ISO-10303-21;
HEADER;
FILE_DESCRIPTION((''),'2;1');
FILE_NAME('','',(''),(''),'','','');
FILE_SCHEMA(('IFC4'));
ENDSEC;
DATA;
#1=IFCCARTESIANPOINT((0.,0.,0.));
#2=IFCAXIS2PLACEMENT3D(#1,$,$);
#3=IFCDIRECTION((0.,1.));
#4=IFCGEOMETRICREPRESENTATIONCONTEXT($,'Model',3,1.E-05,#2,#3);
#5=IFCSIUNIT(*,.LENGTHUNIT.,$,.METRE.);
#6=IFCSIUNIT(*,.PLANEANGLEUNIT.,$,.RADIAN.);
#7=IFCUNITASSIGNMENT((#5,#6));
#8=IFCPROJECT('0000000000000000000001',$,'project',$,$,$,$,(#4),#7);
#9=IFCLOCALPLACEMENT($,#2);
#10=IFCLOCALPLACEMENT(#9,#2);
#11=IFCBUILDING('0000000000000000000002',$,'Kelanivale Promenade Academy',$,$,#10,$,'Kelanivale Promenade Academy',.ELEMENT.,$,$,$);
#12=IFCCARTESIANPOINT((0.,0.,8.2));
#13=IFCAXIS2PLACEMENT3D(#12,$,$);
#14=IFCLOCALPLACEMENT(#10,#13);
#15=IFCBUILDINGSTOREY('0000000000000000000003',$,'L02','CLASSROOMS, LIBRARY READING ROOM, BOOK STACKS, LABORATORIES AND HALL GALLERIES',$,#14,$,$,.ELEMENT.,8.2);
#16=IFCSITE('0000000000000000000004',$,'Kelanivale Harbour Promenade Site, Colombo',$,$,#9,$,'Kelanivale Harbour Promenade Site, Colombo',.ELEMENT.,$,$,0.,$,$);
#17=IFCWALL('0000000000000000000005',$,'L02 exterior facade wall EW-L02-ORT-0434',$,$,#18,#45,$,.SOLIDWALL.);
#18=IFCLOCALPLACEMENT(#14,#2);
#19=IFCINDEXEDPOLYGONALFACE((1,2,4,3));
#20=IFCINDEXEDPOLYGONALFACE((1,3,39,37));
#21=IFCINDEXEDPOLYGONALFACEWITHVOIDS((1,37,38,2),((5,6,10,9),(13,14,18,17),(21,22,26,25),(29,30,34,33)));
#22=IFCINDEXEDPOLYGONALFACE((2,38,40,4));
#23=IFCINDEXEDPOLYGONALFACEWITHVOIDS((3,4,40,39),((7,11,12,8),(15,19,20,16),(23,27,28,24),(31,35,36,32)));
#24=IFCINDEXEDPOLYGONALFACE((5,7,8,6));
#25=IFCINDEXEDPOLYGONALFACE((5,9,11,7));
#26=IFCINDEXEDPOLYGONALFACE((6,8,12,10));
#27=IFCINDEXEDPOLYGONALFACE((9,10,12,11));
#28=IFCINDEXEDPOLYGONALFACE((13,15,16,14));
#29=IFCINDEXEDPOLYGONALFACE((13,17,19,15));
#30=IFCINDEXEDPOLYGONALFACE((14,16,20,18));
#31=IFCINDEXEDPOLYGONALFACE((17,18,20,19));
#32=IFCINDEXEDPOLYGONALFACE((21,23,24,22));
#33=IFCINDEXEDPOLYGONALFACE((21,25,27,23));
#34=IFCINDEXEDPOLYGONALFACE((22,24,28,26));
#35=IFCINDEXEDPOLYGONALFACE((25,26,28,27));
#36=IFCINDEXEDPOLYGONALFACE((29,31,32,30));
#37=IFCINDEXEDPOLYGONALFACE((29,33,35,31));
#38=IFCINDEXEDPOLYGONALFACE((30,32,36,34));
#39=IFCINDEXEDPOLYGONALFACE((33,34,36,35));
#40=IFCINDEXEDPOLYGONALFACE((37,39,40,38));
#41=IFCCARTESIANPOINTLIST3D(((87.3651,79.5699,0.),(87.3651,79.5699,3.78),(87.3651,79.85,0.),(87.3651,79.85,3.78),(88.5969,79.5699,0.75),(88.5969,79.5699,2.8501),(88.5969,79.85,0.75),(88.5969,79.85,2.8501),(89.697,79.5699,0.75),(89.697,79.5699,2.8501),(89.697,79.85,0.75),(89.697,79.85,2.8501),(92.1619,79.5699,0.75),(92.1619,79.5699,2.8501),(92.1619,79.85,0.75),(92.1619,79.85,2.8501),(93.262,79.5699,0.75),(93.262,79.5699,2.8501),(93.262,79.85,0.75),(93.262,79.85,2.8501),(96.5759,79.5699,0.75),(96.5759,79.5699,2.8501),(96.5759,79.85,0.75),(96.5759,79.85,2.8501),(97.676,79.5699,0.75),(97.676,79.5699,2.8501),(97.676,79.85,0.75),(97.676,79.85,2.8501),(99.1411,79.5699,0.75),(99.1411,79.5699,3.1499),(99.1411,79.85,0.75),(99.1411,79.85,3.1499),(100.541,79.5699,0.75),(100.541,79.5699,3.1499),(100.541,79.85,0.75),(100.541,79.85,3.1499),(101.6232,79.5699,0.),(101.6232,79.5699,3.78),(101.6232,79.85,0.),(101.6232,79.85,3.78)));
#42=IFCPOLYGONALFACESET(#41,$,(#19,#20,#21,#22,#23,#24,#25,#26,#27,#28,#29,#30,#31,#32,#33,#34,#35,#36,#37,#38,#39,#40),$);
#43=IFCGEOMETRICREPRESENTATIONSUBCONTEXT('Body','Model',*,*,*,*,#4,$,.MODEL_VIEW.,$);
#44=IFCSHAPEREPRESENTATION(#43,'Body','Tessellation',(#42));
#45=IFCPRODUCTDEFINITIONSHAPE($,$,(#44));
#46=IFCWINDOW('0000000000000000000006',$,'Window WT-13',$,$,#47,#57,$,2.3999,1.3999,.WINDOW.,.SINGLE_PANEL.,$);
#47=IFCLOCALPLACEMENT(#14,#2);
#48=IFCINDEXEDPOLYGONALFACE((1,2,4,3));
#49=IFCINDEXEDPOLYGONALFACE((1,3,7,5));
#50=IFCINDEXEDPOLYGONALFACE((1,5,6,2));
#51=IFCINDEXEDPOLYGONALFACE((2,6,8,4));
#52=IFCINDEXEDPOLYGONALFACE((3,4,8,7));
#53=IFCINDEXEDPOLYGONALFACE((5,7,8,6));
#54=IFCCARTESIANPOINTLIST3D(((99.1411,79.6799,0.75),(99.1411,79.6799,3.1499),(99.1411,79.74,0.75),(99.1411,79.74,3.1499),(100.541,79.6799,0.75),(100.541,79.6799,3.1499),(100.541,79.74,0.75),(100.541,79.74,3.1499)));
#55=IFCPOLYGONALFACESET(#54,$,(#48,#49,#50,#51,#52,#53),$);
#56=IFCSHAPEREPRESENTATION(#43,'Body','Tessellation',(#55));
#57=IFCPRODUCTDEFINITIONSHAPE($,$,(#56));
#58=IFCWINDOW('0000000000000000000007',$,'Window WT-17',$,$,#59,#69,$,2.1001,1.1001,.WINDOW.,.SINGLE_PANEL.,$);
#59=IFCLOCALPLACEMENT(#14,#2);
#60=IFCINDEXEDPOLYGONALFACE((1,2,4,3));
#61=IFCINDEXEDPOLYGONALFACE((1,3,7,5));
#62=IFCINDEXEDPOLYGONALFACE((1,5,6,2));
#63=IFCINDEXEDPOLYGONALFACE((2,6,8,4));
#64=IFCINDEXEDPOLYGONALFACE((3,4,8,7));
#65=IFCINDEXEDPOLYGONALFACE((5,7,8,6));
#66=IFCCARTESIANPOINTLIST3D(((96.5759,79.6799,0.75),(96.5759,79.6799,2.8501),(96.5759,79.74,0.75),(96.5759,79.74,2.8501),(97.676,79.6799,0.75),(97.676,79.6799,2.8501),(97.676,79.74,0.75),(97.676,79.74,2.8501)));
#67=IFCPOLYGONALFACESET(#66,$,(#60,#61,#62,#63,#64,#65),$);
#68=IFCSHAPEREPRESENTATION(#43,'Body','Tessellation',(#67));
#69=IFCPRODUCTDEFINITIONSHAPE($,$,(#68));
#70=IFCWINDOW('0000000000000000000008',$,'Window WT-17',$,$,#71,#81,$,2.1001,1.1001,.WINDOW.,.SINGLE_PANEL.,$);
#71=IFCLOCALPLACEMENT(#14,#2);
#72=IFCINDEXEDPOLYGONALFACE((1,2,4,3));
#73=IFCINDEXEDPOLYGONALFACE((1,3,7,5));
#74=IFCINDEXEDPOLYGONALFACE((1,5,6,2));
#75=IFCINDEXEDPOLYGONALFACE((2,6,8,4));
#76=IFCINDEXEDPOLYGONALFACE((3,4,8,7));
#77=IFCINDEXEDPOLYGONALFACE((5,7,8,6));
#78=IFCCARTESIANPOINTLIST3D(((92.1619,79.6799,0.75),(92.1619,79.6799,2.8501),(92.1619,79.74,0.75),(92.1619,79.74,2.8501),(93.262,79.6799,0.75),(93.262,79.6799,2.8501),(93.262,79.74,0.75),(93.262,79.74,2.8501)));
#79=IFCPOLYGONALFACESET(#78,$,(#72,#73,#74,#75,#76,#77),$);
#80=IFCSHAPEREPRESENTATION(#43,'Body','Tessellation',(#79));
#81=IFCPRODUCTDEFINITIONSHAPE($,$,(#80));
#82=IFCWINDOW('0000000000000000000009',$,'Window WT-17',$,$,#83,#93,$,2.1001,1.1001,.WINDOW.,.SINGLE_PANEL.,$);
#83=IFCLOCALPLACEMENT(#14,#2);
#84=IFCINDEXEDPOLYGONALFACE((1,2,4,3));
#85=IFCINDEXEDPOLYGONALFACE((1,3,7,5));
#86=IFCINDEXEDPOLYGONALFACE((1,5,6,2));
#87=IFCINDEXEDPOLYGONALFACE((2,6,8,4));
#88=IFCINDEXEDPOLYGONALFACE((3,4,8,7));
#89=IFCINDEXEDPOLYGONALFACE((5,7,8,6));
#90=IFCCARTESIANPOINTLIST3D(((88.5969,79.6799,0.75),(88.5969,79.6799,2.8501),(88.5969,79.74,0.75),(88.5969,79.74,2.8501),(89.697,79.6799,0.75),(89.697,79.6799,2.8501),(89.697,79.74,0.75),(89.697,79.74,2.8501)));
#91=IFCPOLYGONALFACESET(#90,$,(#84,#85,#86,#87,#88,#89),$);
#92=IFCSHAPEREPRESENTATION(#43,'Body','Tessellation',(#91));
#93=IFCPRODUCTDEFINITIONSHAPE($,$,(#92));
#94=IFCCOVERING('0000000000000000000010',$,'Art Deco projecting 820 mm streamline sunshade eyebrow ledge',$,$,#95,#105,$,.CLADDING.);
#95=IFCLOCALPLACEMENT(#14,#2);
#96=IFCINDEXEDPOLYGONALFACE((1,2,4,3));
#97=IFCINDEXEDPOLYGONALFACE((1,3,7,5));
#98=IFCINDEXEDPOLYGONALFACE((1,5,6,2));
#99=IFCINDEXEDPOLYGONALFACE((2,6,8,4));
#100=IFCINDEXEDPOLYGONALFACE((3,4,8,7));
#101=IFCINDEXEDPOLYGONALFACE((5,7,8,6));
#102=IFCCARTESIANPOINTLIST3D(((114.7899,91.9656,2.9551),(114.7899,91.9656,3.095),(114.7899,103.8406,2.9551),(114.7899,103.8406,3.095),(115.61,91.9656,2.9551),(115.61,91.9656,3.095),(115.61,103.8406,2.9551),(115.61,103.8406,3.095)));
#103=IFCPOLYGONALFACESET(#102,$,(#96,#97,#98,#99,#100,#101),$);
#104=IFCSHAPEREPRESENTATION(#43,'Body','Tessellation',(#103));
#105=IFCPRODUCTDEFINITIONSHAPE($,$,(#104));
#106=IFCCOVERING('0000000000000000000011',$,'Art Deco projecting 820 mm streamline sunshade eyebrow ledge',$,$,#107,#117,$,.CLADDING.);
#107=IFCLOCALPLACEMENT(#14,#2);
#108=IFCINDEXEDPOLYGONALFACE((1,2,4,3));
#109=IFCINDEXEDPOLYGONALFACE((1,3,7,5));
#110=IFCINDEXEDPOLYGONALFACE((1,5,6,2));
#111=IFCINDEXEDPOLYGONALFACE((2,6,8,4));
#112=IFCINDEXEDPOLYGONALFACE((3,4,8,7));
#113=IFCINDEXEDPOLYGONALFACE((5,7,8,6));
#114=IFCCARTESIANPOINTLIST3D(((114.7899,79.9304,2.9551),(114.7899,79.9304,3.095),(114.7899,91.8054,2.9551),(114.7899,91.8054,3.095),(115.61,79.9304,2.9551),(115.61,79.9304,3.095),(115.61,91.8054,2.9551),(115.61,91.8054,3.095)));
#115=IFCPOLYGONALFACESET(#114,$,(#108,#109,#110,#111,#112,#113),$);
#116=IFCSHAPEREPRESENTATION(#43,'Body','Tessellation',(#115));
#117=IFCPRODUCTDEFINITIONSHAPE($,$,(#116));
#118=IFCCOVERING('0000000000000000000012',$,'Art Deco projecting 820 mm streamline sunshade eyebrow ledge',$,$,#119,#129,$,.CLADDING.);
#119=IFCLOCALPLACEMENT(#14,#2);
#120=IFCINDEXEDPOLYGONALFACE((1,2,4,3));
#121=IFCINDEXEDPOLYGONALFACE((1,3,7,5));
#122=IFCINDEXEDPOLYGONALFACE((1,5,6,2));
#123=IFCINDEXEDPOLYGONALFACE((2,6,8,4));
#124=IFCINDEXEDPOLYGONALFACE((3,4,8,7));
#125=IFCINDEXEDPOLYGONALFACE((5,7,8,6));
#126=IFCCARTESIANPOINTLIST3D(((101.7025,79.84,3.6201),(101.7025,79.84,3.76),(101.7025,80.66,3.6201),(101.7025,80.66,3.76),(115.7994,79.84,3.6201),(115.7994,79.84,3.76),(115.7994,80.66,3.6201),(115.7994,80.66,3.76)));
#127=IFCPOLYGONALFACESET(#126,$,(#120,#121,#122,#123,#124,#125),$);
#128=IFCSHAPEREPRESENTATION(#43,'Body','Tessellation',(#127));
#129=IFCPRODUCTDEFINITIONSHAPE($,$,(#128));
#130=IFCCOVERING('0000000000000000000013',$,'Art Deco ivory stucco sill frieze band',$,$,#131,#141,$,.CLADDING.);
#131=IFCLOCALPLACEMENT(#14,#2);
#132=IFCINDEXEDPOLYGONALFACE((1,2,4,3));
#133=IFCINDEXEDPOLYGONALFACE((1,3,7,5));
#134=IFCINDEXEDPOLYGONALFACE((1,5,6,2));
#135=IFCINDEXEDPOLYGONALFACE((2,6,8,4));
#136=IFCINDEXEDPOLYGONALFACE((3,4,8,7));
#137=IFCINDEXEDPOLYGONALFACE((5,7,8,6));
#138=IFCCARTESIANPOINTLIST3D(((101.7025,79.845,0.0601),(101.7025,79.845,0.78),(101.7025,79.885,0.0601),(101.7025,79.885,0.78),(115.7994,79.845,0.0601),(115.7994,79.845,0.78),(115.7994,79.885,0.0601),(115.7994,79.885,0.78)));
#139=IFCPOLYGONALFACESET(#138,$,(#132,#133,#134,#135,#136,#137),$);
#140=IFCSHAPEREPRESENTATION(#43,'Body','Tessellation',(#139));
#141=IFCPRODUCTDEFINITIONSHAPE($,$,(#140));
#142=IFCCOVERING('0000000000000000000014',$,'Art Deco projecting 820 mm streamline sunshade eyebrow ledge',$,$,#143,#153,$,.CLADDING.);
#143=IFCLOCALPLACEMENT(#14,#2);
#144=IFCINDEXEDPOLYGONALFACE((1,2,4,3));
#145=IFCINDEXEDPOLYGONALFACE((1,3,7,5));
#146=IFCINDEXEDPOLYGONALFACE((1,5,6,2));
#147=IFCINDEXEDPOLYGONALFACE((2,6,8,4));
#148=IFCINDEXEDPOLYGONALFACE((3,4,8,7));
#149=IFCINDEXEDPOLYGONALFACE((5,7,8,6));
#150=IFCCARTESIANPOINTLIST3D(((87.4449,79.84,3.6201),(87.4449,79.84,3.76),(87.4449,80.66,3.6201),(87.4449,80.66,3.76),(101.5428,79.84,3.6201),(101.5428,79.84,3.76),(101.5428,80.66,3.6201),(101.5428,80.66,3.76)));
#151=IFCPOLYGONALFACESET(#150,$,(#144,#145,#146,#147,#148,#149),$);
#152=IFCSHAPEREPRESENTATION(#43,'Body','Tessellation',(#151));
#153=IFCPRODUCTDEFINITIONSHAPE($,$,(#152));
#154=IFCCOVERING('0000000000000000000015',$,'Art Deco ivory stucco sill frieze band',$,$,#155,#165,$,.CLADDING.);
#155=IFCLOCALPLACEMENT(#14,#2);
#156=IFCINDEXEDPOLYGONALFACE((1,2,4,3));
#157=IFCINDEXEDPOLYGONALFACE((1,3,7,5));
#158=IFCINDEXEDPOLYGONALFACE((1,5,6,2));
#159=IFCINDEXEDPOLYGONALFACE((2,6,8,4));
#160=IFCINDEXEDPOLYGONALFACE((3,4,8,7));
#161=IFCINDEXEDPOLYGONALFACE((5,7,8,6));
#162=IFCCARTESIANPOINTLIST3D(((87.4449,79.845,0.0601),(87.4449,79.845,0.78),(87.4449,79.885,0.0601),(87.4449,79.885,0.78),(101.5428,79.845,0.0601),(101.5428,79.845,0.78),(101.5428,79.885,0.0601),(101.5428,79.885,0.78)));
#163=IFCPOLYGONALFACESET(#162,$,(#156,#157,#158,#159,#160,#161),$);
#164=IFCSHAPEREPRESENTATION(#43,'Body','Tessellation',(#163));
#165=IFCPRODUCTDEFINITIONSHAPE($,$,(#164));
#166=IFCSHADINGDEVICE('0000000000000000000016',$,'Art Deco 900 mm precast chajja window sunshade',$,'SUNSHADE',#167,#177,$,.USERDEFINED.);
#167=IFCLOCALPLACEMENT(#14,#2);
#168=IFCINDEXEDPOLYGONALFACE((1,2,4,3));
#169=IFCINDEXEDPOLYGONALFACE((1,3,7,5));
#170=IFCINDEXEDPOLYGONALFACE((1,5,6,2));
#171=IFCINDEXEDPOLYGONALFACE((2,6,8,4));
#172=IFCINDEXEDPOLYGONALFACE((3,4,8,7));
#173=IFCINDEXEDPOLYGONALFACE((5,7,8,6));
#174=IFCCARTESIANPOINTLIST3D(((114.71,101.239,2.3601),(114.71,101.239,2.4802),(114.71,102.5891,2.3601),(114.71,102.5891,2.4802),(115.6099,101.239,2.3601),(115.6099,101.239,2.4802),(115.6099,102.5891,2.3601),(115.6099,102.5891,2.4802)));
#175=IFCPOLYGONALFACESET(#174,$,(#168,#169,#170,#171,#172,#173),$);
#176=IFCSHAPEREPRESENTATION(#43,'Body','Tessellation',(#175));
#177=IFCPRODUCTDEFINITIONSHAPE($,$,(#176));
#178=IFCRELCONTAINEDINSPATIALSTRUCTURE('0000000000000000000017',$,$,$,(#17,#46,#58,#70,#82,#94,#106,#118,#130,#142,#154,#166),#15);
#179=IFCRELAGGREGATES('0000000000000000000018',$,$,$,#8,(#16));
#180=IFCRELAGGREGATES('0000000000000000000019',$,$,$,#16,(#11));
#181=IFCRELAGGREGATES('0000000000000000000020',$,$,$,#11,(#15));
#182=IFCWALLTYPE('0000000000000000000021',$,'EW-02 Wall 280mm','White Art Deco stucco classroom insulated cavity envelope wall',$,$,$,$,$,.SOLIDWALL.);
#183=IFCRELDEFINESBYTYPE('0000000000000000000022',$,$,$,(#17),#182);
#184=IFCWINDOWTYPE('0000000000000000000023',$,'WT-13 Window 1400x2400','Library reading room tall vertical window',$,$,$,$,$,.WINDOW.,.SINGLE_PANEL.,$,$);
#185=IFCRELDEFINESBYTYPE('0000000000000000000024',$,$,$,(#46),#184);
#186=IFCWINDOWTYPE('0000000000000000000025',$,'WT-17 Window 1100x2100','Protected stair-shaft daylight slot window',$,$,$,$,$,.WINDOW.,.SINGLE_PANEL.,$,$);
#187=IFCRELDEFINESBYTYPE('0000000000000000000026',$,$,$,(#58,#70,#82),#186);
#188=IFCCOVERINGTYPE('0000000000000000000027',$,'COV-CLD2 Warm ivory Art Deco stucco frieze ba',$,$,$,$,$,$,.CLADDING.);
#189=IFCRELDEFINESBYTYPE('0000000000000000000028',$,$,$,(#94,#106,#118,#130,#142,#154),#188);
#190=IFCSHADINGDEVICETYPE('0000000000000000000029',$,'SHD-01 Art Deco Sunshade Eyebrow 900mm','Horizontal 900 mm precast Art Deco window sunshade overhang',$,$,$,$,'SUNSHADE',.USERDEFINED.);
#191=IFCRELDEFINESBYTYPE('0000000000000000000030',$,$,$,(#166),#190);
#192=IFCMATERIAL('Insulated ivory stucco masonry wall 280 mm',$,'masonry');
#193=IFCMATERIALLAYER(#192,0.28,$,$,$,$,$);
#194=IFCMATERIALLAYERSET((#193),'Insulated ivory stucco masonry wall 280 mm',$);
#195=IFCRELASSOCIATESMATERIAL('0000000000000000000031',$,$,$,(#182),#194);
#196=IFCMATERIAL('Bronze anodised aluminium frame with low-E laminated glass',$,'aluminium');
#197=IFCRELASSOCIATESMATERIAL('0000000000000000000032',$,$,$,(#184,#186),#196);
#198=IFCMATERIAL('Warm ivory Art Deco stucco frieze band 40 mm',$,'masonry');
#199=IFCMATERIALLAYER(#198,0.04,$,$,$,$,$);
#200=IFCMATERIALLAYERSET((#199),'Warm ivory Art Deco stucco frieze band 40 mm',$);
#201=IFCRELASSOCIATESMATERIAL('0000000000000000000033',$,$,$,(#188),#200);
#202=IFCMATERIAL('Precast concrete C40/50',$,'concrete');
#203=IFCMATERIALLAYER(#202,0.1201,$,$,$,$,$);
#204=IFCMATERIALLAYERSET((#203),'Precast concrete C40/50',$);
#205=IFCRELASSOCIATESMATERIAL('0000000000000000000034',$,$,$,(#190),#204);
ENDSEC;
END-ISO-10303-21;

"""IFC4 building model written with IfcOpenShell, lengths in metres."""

from ifc_helpers import new_model, si_unit, direction, frame, frame_2d, origin, origin_2d, place, context, subcontext, project, spatial, rectangle, extrude, material, layer, layer_set, type_object, element, fill, save


model = new_model("IFC4")

# Units and contexts
model_context = context("Model", 3, precision=1e-05, world=origin(), true_north=direction((0.0, 1.0)))
body_context = subcontext(model_context, "Body", "Model", "MODEL_VIEW")
ifc_project = project(units=[si_unit("LENGTHUNIT", "METRE"), si_unit("PLANEANGLEUNIT", "RADIAN")], contexts=[model_context])

# Site, building, storey
site_placement = place(None, origin())
site = spatial("IfcSite", under=ifc_project, at=site_placement, Name="Kelanivale Harbour Promenade Site, Colombo", LongName="Kelanivale Harbour Promenade Site, Colombo", CompositionType="ELEMENT", RefElevation=0.0)
building_placement = place(site_placement, origin())
building = spatial("IfcBuilding", under=site, at=building_placement, Name="Kelanivale Promenade Academy", LongName="Kelanivale Promenade Academy", CompositionType="ELEMENT")
storey_placement = place(building_placement, frame((0.0, 0.0, 8.2)))
storey = spatial("IfcBuildingStorey", under=building, at=storey_placement, Name="L02", Description="CLASSROOMS, LIBRARY READING ROOM, BOOK STACKS, LABORATORIES AND HALL GALLERIES", CompositionType="ELEMENT", Elevation=8.2)

# Wall, openings, windows
ifc_material_1 = material(Name="Insulated ivory stucco masonry wall 280 mm", Category="masonry")
ifc_layer_1 = layer(ifc_material_1, 0.28)
ifc_layer_set_1 = layer_set([ifc_layer_1], Name="Insulated ivory stucco masonry wall 280 mm")
wall_type = type_object("IfcWallType", Name="EW-02 Wall 280mm", Description="White Art Deco stucco classroom insulated cavity envelope wall", PredefinedType="SOLIDWALL", material=ifc_layer_set_1)
wall_placement = place(storey_placement, frame((101.623, 79.71, 0.0), z_axis=(0.0, 0.0, 1.0), x_axis=(-1.0, 0.0, 0.0)))
wall = element("IfcWall", 1, at=wall_placement, inside=storey, type_object=wall_type, Name="L02 exterior facade wall EW-L02-ORT-0434", PredefinedType="SOLIDWALL", context=body_context, shape_type="SweptSolid", body=[
    extrude(rectangle(XDim=14.2581, YDim=0.28, at=frame_2d((7.1289, 0.0))), origin(), (0.0, 0.0, 1.0), 3.78),
])
opening_1_placement = place(wall_placement, frame((1.082, 0.0, 0.75)))
opening_1 = element("IfcOpeningElement", 2, at=opening_1_placement, cuts=wall, PredefinedType="OPENING", context=body_context, shape_type="SweptSolid", body=[
    extrude(rectangle(XDim=1.3999, YDim=2.3999, at=frame_2d((0.7, 1.2))), frame((0.0, 0.1499, 0.0), z_axis=(0.0, -1.0, 0.0), x_axis=(1.0, 0.0, 0.0)), (0.0, 0.0, 1.0), 0.3),
])
opening_2_placement = place(wall_placement, frame((3.947, 0.0, 0.75)))
opening_2 = element("IfcOpeningElement", 3, at=opening_2_placement, cuts=wall, PredefinedType="OPENING", context=body_context, shape_type="SweptSolid", body=[
    extrude(rectangle(XDim=1.1001, YDim=2.1001, at=frame_2d((0.55, 1.05))), frame((0.0, 0.1499, 0.0), z_axis=(0.0, -1.0, 0.0), x_axis=(1.0, 0.0, 0.0)), (0.0, 0.0, 1.0), 0.3),
])
opening_3_placement = place(wall_placement, frame((8.3611, 0.0, 0.75)))
opening_3 = element("IfcOpeningElement", 4, at=opening_3_placement, cuts=wall, PredefinedType="OPENING", context=body_context, shape_type="SweptSolid", body=[
    extrude(rectangle(XDim=1.1001, YDim=2.1001, at=frame_2d((0.55, 1.05))), frame((0.0, 0.1499, 0.0), z_axis=(0.0, -1.0, 0.0), x_axis=(1.0, 0.0, 0.0)), (0.0, 0.0, 1.0), 0.3),
])
opening_4_placement = place(wall_placement, frame((11.926, 0.0, 0.75)))
opening_4 = element("IfcOpeningElement", 5, at=opening_4_placement, cuts=wall, PredefinedType="OPENING", context=body_context, shape_type="SweptSolid", body=[
    extrude(rectangle(XDim=1.1001, YDim=2.1001, at=frame_2d((0.55, 1.05))), frame((0.0, 0.1499, 0.0), z_axis=(0.0, -1.0, 0.0), x_axis=(1.0, 0.0, 0.0)), (0.0, 0.0, 1.0), 0.3),
])
ifc_material_2 = material(Name="Bronze anodised aluminium frame with low-E laminated glass", Category="aluminium")
window_type_1 = type_object("IfcWindowType", Name="WT-13 Window 1400x2400", Description="Library reading room tall vertical window", PartitioningType="SINGLE_PANEL", PredefinedType="WINDOW", material=ifc_material_2)
window_1_placement = place(opening_1_placement, origin())
window_1 = element("IfcWindow", 6, at=window_1_placement, inside=storey, type_object=window_type_1, Name="Window WT-13", OverallHeight=2.3999, OverallWidth=1.3999, PartitioningType="SINGLE_PANEL", PredefinedType="WINDOW", context=body_context, shape_type="SweptSolid", body=[
    extrude(rectangle(XDim=1.3999, YDim=2.3999, at=frame_2d((0.7, 1.2))), frame((0.0, 0.03, 0.0), z_axis=(0.0, -1.0, 0.0), x_axis=(1.0, 0.0, 0.0)), (0.0, 0.0, 1.0), 0.0601),
])
fill(opening_1, window_1)
window_type_2 = type_object("IfcWindowType", Name="WT-17 Window 1100x2100", Description="Protected stair-shaft daylight slot window", PartitioningType="SINGLE_PANEL", PredefinedType="WINDOW", material=ifc_material_2)
window_2_placement = place(opening_2_placement, origin())
window_2 = element("IfcWindow", 7, at=window_2_placement, inside=storey, type_object=window_type_2, Name="Window WT-17", OverallHeight=2.1001, OverallWidth=1.1001, PartitioningType="SINGLE_PANEL", PredefinedType="WINDOW", context=body_context, shape_type="SweptSolid", body=[
    extrude(rectangle(XDim=1.1001, YDim=2.1001, at=frame_2d((0.55, 1.05))), frame((0.0, 0.03, 0.0), z_axis=(0.0, -1.0, 0.0), x_axis=(1.0, 0.0, 0.0)), (0.0, 0.0, 1.0), 0.0601),
])
fill(opening_2, window_2)
window_3_placement = place(opening_3_placement, origin())
window_3 = element("IfcWindow", 8, at=window_3_placement, inside=storey, type_object=window_type_2, Name="Window WT-17", OverallHeight=2.1001, OverallWidth=1.1001, PartitioningType="SINGLE_PANEL", PredefinedType="WINDOW", context=body_context, shape_type="SweptSolid", body=[
    extrude(rectangle(XDim=1.1001, YDim=2.1001, at=frame_2d((0.55, 1.05))), frame((0.0, 0.03, 0.0), z_axis=(0.0, -1.0, 0.0), x_axis=(1.0, 0.0, 0.0)), (0.0, 0.0, 1.0), 0.0601),
])
fill(opening_3, window_3)
window_4_placement = place(opening_4_placement, origin())
window_4 = element("IfcWindow", 9, at=window_4_placement, inside=storey, type_object=window_type_2, Name="Window WT-17", OverallHeight=2.1001, OverallWidth=1.1001, PartitioningType="SINGLE_PANEL", PredefinedType="WINDOW", context=body_context, shape_type="SweptSolid", body=[
    extrude(rectangle(XDim=1.1001, YDim=2.1001, at=frame_2d((0.55, 1.05))), frame((0.0, 0.03, 0.0), z_axis=(0.0, -1.0, 0.0), x_axis=(1.0, 0.0, 0.0)), (0.0, 0.0, 1.0), 0.0601),
])
fill(opening_4, window_4)

# Coverings
ifc_material_3 = material(Name="Warm ivory Art Deco stucco frieze band 40 mm", Category="masonry")
ifc_layer_2 = layer(ifc_material_3, 0.04)
ifc_layer_set_2 = layer_set([ifc_layer_2], Name="Warm ivory Art Deco stucco frieze band 40 mm")
covering_type = type_object("IfcCoveringType", Name="COV-CLD2 Warm ivory Art Deco stucco frieze ba", PredefinedType="CLADDING", material=ifc_layer_set_2)
for number, where, z_axis, x_axis, name in (
    (10, (115.2, 97.9031, 2.9551), (0.0, 0.0, 1.0), (0.0, -1.0, 0.0), "Art Deco projecting 820 mm streamline sunshade eyebrow ledge"),
    (11, (115.2, 85.8679, 2.9551), (0.0, 0.0, 1.0), (0.0, -1.0, 0.0), "Art Deco projecting 820 mm streamline sunshade eyebrow ledge"),
):
    element("IfcCovering", number, at=place(storey_placement, frame(where, z_axis=z_axis, x_axis=x_axis)), inside=storey, type_object=covering_type, Name=name, PredefinedType="CLADDING", context=body_context, shape_type="SweptSolid", body=[
        extrude(rectangle(XDim=11.875, YDim=0.8201, at=origin_2d()), origin(), (0.0, 0.0, 1.0), 0.1399),
    ])
covering_1_placement = place(storey_placement, frame((108.751, 80.25, 3.6201), z_axis=(0.0, 0.0, 1.0), x_axis=(-1.0, 0.0, 0.0)))
element("IfcCovering", 12, at=covering_1_placement, inside=storey, type_object=covering_type, Name="Art Deco projecting 820 mm streamline sunshade eyebrow ledge", PredefinedType="CLADDING", context=body_context, shape_type="SweptSolid", body=[
    extrude(rectangle(XDim=14.0969, YDim=0.8201, at=origin_2d()), origin(), (0.0, 0.0, 1.0), 0.1399),
])
covering_2_placement = place(storey_placement, frame((108.751, 79.865, 0.0601), z_axis=(0.0, 0.0, 1.0), x_axis=(-1.0, 0.0, 0.0)))
element("IfcCovering", 13, at=covering_2_placement, inside=storey, type_object=covering_type, Name="Art Deco ivory stucco sill frieze band", PredefinedType="CLADDING", context=body_context, shape_type="SweptSolid", body=[
    extrude(rectangle(XDim=14.0969, YDim=0.04, at=origin_2d()), origin(), (0.0, 0.0, 1.0), 0.72),
])
covering_3_placement = place(storey_placement, frame((94.4939, 80.25, 3.6201), z_axis=(0.0, 0.0, 1.0), x_axis=(-1.0, 0.0, 0.0)))
element("IfcCovering", 14, at=covering_3_placement, inside=storey, type_object=covering_type, Name="Art Deco projecting 820 mm streamline sunshade eyebrow ledge", PredefinedType="CLADDING", context=body_context, shape_type="SweptSolid", body=[
    extrude(rectangle(XDim=14.0979, YDim=0.8201, at=origin_2d()), origin(), (0.0, 0.0, 1.0), 0.1399),
])
covering_4_placement = place(storey_placement, frame((94.4939, 79.865, 0.0601), z_axis=(0.0, 0.0, 1.0), x_axis=(-1.0, 0.0, 0.0)))
element("IfcCovering", 15, at=covering_4_placement, inside=storey, type_object=covering_type, Name="Art Deco ivory stucco sill frieze band", PredefinedType="CLADDING", context=body_context, shape_type="SweptSolid", body=[
    extrude(rectangle(XDim=14.0979, YDim=0.04, at=origin_2d()), origin(), (0.0, 0.0, 1.0), 0.72),
])

# Shading device
ifc_material_4 = material(Name="Precast concrete C40/50", Category="concrete")
ifc_layer_3 = layer(ifc_material_4, 0.1201)
ifc_layer_set_3 = layer_set([ifc_layer_3], Name="Precast concrete C40/50")
shading_device_type_1 = type_object("IfcShadingDeviceType", Name="SHD-01 Art Deco Sunshade Eyebrow 900mm", Description="Horizontal 900 mm precast Art Deco window sunshade overhang", ElementType="SUNSHADE", PredefinedType="USERDEFINED", material=ifc_layer_set_3)
shading_device_1_placement = place(storey_placement, frame((115.1599, 101.9141, 2.3601), z_axis=(0.0, 0.0, 1.0), x_axis=(0.0, -1.0, 0.0)))
element("IfcShadingDevice", 16, at=shading_device_1_placement, inside=storey, type_object=shading_device_type_1, Name="Art Deco 900 mm precast chajja window sunshade", ObjectType="SUNSHADE", PredefinedType="USERDEFINED", context=body_context, shape_type="SweptSolid", body=[
    extrude(rectangle(XDim=1.3501, YDim=0.8999, at=origin_2d()), origin(), (0.0, 0.0, 1.0), 0.1201),
])

save(model, "model.ifc")
